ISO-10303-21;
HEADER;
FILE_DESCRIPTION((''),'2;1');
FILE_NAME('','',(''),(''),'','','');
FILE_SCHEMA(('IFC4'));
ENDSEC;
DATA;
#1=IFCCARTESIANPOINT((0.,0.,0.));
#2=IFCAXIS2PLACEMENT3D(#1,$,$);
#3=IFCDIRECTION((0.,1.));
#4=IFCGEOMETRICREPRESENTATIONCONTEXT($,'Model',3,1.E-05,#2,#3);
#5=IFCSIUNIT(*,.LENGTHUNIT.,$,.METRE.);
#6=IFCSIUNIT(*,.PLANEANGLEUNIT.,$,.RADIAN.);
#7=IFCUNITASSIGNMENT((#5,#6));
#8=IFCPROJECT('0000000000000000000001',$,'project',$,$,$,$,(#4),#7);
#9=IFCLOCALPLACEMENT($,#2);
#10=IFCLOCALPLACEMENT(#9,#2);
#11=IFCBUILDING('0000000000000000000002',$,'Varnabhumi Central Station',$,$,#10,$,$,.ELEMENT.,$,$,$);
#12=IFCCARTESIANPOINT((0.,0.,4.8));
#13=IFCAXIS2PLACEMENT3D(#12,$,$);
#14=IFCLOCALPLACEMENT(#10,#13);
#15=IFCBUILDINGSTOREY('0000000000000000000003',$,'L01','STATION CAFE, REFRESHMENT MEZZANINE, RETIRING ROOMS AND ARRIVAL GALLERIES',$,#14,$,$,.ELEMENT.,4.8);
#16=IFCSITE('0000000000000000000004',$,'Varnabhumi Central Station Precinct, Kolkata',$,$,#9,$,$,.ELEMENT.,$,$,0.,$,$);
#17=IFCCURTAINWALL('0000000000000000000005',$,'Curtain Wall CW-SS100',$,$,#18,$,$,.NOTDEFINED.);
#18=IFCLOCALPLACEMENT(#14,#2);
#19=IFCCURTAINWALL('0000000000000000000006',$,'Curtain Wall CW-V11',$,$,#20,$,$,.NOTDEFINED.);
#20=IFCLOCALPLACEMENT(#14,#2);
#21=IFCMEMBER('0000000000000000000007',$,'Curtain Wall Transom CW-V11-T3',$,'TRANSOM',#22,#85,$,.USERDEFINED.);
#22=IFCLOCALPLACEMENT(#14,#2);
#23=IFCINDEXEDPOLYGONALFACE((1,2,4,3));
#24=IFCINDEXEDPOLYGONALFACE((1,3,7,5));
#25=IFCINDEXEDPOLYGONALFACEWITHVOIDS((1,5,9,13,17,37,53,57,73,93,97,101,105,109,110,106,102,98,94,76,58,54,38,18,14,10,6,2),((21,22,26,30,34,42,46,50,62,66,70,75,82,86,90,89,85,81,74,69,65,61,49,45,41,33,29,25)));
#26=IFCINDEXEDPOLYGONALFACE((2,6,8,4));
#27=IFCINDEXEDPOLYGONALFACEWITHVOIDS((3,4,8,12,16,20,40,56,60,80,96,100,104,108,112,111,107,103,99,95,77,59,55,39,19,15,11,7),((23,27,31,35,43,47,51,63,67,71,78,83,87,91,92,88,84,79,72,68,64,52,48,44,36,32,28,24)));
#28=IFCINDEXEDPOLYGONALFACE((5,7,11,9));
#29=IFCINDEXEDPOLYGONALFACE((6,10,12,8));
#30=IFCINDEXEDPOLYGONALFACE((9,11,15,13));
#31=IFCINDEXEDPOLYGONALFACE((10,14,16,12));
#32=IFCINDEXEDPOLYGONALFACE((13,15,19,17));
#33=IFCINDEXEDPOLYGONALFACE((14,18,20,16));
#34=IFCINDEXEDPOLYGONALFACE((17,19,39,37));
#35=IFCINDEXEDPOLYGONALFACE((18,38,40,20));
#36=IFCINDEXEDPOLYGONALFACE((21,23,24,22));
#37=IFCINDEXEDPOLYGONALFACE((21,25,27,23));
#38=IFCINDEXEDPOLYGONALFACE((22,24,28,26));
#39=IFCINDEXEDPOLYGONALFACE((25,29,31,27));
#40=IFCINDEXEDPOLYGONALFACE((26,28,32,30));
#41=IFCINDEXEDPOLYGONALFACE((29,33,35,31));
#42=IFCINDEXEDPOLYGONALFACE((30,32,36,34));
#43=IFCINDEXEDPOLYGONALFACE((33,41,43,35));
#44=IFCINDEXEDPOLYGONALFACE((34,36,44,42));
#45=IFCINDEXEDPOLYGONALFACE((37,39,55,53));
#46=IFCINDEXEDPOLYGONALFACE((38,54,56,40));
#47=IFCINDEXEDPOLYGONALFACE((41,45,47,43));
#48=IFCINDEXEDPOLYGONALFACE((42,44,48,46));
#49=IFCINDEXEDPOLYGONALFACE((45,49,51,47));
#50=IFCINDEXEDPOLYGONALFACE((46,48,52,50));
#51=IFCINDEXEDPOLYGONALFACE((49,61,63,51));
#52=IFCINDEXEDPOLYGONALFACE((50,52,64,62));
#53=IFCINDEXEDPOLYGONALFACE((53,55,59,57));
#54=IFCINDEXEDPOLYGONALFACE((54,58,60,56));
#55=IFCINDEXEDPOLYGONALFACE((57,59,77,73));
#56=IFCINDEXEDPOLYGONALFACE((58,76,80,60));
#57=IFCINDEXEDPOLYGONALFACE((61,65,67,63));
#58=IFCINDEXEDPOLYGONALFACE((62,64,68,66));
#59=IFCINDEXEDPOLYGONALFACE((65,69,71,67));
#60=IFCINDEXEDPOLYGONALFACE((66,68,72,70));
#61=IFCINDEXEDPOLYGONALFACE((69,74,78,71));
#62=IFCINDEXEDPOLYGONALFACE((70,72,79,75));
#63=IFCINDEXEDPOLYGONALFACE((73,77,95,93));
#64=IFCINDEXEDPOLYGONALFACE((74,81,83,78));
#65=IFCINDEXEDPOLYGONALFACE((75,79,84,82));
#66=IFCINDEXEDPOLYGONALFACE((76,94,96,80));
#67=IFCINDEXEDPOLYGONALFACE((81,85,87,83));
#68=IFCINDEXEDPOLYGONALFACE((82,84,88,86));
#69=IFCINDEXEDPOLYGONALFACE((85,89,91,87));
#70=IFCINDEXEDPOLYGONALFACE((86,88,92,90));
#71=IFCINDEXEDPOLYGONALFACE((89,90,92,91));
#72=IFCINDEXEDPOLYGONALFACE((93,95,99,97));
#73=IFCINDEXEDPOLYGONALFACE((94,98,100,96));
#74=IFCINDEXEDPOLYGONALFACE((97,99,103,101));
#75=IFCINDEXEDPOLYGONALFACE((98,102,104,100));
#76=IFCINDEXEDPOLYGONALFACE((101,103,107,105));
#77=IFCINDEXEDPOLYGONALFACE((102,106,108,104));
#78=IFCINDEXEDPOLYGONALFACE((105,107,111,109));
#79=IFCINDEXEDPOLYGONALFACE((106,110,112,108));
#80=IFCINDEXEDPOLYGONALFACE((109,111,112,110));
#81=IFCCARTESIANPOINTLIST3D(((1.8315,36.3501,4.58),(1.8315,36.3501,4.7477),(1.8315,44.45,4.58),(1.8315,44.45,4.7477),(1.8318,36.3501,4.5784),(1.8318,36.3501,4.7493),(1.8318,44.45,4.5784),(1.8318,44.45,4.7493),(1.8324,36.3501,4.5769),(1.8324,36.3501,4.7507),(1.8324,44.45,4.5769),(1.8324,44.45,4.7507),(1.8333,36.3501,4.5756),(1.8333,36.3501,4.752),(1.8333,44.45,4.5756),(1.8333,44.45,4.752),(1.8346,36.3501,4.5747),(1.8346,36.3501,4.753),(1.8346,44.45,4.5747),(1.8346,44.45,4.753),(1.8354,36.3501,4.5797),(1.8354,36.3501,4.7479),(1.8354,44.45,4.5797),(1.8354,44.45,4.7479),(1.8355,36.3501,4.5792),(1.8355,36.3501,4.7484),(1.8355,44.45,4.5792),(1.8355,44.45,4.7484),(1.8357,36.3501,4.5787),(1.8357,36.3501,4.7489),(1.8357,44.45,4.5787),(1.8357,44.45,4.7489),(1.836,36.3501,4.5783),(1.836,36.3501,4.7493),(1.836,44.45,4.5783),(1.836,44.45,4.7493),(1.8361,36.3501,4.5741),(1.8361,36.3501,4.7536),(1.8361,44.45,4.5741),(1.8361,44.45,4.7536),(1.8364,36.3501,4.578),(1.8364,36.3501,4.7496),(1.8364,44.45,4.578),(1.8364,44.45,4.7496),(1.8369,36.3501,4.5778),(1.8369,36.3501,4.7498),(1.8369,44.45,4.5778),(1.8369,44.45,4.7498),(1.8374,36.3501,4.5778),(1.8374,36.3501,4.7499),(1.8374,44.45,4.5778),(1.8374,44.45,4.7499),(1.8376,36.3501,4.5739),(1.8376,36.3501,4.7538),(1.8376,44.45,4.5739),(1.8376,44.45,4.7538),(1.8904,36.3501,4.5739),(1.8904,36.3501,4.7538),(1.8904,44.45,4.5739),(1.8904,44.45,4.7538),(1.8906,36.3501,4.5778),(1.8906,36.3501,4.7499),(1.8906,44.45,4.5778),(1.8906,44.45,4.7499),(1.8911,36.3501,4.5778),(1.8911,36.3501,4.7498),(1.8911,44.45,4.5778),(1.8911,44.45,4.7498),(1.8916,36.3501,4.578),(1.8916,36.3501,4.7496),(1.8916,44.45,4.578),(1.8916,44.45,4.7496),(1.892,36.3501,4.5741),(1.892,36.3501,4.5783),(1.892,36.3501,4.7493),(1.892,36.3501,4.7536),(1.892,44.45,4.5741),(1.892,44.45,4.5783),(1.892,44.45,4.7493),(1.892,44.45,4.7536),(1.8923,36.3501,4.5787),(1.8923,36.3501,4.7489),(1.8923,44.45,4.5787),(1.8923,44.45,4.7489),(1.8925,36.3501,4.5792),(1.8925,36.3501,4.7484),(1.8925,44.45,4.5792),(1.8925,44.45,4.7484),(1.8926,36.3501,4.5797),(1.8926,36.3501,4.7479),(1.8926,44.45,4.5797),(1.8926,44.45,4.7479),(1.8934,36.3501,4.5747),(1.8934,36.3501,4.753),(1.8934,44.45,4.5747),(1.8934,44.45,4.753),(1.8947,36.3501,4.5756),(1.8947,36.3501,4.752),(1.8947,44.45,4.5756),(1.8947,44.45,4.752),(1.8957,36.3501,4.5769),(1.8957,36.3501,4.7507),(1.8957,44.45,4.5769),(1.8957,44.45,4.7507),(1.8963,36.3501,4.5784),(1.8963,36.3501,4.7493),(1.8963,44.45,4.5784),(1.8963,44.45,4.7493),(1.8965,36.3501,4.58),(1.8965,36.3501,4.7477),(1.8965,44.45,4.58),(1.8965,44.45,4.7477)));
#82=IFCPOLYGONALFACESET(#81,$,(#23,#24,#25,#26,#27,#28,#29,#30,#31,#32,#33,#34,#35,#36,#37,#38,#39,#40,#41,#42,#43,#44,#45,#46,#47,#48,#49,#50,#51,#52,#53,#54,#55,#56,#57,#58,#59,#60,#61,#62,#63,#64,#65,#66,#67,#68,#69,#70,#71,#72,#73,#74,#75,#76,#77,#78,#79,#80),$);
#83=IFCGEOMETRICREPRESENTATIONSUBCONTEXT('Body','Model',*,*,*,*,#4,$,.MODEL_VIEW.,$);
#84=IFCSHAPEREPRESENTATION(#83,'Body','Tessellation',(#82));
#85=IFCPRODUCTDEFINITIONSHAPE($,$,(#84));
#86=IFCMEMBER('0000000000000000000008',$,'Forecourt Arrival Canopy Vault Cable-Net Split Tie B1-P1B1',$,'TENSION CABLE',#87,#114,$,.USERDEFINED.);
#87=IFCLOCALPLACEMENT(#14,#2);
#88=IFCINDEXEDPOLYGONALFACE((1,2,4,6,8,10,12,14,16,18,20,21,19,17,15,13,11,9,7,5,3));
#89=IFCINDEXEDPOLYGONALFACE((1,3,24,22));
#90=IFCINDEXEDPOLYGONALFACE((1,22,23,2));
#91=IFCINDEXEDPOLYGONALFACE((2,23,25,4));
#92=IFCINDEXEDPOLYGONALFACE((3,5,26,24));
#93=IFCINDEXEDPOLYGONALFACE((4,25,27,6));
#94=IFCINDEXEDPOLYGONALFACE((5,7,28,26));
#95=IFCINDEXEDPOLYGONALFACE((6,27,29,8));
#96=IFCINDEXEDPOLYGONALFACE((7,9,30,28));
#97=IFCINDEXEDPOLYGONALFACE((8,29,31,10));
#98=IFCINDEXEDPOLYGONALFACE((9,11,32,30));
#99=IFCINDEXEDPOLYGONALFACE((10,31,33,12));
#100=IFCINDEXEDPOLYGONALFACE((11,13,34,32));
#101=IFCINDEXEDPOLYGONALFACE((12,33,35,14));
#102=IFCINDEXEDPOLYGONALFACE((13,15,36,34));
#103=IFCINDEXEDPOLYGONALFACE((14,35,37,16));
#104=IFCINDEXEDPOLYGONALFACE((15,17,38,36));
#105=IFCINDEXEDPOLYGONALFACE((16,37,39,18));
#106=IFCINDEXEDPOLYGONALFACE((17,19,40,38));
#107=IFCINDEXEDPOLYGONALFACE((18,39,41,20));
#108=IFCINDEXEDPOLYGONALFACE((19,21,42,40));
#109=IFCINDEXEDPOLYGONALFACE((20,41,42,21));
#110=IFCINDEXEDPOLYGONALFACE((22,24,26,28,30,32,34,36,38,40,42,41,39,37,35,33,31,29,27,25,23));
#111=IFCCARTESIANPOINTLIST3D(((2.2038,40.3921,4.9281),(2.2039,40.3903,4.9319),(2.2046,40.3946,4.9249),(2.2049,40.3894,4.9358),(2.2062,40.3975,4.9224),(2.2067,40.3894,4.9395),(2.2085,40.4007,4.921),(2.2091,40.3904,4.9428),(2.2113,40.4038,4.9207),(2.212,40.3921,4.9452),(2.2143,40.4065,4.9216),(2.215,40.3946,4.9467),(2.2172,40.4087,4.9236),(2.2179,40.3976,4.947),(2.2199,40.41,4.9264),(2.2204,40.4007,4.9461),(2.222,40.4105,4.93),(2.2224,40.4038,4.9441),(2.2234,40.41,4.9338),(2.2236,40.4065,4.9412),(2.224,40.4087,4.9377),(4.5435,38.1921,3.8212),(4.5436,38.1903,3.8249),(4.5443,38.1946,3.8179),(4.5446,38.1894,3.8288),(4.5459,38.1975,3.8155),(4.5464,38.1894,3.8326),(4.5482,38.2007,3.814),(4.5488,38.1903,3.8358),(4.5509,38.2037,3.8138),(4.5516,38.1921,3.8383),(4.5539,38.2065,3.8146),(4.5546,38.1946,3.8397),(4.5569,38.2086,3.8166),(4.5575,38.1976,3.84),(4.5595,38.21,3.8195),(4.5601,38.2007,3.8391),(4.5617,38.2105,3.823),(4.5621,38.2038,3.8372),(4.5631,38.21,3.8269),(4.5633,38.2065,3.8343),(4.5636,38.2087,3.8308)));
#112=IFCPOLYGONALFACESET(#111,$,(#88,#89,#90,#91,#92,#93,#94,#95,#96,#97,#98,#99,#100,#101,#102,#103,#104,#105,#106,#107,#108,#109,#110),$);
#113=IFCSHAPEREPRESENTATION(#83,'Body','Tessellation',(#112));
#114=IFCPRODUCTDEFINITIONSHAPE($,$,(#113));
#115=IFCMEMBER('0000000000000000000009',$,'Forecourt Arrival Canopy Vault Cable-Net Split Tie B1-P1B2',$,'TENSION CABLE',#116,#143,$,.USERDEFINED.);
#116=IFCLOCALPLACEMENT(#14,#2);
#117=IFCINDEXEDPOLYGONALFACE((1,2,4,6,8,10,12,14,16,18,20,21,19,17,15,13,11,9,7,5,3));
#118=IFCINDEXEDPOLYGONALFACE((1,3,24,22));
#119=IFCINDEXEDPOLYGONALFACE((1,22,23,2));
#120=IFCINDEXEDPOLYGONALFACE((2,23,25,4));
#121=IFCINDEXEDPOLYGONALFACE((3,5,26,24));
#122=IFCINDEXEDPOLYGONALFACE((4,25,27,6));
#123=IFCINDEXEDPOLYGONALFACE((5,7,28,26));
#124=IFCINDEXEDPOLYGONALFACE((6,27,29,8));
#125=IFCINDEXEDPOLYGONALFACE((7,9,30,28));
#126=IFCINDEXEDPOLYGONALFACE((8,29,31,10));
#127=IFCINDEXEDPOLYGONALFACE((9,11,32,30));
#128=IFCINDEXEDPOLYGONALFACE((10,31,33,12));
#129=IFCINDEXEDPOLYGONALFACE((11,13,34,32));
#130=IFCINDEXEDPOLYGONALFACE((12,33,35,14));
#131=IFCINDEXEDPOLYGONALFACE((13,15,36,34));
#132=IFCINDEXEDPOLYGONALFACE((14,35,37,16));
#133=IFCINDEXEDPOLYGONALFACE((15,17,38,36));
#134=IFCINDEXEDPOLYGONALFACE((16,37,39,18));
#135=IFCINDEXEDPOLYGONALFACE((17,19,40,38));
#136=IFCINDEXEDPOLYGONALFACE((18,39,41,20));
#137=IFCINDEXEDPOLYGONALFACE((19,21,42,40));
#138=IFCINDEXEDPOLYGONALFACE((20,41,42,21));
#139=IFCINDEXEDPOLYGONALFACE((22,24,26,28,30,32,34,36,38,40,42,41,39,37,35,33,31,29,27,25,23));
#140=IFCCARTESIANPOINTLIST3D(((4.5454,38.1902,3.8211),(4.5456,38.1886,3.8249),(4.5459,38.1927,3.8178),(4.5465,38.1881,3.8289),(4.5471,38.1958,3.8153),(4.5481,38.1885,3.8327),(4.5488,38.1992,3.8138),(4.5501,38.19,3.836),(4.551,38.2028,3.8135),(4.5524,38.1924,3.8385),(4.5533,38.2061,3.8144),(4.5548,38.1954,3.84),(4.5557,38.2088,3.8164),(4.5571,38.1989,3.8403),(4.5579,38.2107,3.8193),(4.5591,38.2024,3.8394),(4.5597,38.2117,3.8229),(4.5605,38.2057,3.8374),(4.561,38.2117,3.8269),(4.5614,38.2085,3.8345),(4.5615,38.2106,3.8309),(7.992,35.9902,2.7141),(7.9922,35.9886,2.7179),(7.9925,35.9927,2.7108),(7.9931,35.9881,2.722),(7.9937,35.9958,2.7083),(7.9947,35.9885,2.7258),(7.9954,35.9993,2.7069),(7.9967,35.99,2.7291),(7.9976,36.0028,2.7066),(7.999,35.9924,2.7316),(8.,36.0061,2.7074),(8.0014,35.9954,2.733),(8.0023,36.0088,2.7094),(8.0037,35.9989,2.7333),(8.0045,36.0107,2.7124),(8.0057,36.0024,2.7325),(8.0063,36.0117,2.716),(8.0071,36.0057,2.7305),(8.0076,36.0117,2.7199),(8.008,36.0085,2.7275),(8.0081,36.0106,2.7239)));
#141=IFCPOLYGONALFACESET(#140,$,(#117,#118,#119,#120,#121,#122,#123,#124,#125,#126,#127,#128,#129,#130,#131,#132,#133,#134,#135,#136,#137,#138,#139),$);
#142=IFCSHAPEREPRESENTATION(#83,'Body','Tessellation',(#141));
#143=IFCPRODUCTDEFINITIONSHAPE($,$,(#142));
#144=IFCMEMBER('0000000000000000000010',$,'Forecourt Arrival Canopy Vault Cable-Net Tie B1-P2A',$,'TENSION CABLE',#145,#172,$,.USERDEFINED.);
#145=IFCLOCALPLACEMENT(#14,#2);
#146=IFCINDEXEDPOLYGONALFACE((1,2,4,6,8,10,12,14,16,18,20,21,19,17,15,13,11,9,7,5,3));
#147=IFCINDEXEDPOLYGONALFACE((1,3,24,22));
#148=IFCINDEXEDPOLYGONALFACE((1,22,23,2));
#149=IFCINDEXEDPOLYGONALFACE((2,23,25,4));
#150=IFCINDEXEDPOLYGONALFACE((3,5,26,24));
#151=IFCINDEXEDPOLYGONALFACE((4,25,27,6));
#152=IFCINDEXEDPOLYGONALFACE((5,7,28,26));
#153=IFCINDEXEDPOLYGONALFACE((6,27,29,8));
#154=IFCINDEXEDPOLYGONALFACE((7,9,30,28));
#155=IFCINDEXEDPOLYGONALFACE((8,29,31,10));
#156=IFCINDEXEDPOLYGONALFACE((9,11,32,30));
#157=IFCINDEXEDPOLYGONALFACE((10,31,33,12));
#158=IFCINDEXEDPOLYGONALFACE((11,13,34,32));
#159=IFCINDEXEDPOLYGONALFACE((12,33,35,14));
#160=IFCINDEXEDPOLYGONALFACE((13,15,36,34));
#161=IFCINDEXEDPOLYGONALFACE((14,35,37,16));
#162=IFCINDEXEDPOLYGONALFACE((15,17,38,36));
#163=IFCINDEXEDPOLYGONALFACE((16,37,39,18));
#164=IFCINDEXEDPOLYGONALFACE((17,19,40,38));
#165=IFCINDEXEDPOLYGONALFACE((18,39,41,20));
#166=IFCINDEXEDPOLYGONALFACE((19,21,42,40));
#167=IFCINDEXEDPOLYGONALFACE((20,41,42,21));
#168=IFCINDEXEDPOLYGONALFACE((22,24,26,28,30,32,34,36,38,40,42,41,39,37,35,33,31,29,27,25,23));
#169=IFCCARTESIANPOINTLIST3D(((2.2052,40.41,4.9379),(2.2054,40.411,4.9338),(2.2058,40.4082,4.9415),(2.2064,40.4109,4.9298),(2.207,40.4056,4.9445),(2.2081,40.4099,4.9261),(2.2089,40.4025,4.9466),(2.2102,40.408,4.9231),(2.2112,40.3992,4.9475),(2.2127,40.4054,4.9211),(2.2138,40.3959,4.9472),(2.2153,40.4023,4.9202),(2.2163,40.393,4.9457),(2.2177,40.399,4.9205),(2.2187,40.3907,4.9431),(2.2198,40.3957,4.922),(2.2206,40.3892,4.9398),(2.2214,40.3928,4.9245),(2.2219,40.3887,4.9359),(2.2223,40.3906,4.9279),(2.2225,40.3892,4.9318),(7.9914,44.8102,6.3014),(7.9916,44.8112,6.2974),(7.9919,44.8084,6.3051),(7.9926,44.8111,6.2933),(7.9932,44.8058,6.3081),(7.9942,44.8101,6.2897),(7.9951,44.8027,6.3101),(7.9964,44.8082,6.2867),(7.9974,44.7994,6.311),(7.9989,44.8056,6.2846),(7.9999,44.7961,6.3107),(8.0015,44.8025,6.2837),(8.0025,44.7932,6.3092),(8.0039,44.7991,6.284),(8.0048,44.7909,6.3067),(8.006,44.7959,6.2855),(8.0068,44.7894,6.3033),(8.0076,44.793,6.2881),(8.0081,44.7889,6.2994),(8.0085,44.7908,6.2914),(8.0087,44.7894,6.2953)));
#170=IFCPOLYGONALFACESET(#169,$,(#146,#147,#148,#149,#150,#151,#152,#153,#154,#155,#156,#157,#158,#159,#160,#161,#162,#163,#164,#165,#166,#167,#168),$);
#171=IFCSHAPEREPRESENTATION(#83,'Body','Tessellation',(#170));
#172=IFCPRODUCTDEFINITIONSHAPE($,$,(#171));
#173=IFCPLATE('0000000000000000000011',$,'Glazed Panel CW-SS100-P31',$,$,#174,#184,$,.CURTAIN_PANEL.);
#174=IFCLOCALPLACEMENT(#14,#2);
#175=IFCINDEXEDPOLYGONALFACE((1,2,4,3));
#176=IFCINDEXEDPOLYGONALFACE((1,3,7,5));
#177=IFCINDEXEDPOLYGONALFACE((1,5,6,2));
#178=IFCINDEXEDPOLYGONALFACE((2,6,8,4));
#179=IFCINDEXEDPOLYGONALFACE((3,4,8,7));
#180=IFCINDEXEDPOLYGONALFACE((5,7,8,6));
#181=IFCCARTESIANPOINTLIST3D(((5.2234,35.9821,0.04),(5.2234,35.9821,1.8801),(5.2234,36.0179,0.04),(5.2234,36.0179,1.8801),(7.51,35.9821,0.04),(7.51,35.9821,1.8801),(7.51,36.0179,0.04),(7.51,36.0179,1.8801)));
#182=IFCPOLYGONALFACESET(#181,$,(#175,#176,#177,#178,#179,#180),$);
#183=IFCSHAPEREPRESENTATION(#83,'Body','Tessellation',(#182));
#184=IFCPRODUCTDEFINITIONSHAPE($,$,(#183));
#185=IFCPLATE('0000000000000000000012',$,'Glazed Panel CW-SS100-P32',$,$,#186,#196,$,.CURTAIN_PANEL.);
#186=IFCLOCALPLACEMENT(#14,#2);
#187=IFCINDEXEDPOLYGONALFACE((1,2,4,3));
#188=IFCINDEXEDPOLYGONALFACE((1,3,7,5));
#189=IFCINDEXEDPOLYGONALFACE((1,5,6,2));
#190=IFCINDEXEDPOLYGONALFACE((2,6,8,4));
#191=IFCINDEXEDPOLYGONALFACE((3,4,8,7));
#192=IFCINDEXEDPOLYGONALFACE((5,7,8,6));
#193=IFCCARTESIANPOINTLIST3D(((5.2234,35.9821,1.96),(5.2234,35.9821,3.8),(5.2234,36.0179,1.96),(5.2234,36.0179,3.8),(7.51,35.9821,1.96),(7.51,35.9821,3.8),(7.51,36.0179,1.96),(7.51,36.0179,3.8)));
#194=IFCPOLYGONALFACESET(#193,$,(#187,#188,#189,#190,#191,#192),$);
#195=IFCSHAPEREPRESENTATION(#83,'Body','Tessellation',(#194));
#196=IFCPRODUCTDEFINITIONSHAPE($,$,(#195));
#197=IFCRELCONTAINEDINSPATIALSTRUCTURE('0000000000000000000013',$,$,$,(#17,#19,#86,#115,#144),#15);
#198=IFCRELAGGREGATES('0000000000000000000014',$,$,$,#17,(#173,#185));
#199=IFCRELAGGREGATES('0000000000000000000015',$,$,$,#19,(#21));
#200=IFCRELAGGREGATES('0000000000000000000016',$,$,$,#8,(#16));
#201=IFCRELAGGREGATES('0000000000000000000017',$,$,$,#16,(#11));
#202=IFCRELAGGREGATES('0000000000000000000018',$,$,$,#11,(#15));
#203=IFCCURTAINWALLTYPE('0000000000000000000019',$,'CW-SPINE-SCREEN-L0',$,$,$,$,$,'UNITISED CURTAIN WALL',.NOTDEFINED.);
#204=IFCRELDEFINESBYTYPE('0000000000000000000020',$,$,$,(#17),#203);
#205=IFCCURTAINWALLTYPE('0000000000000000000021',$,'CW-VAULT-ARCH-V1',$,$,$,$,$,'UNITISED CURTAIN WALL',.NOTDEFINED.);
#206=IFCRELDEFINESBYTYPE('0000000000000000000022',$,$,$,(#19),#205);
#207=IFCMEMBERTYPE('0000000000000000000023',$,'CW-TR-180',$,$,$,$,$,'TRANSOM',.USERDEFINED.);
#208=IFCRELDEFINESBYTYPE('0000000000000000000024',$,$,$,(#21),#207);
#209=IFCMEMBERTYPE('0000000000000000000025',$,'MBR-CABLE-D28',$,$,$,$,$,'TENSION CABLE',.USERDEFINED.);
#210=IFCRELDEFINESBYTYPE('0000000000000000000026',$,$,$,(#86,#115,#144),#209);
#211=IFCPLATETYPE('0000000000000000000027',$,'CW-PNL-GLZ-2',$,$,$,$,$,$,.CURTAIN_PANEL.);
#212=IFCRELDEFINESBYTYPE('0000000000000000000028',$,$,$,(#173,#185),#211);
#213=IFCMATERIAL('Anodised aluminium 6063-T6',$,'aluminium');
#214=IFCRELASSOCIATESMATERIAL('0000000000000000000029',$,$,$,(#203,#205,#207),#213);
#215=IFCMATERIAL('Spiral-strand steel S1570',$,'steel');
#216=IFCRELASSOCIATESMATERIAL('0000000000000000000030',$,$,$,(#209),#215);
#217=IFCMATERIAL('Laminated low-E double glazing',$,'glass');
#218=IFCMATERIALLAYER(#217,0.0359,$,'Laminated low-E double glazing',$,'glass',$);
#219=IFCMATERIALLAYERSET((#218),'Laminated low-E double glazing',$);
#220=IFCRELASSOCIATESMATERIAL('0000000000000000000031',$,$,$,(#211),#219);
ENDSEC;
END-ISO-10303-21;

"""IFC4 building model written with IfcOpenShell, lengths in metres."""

from ifc_helpers import new_model, si_unit, direction, frame, origin, origin_2d, place, context, subcontext, project, spatial, rectangle, hollow_rectangle, circle, extrude, material, layer, layer_set, material_profile, profile_set, type_object, element, aggregate, save


model = new_model("IFC4")

# Units and contexts
model_context = context("Model", 3, precision=1e-05, world=origin(), true_north=direction((0.0, 1.0)))
body_context = subcontext(model_context, "Body", "Model", "MODEL_VIEW")
ifc_project = project(units=[si_unit("LENGTHUNIT", "METRE"), si_unit("PLANEANGLEUNIT", "RADIAN")], contexts=[model_context])

# Site, building, storey
site_placement = place(None, origin())
site = spatial("IfcSite", under=ifc_project, at=site_placement, Name="Varnabhumi Central Station Precinct, Kolkata", CompositionType="ELEMENT", RefElevation=0.0)
building_placement = place(site_placement, origin())
building = spatial("IfcBuilding", under=site, at=building_placement, Name="Varnabhumi Central Station", CompositionType="ELEMENT")
storey_placement = place(building_placement, frame((0.0, 0.0, 4.8)))
storey = spatial("IfcBuildingStorey", under=building, at=storey_placement, Name="L01", Description="STATION CAFE, REFRESHMENT MEZZANINE, RETIRING ROOMS AND ARRIVAL GALLERIES", CompositionType="ELEMENT", Elevation=4.8)

# Curtain wall
ifc_material_1 = material(Name="Anodised aluminium 6063-T6", Category="aluminium")
curtain_wall_type_1 = type_object("IfcCurtainWallType", Name="CW-SPINE-SCREEN-L0", ElementType="UNITISED CURTAIN WALL", PredefinedType="NOTDEFINED", material=ifc_material_1)
curtain_wall_1_placement = place(storey_placement, origin())
curtain_wall_1 = element("IfcCurtainWall", 1, at=curtain_wall_1_placement, inside=storey, type_object=curtain_wall_type_1, Name="Curtain Wall CW-SS100", PredefinedType="NOTDEFINED")

# Curtain wall, member
curtain_wall_type_2 = type_object("IfcCurtainWallType", Name="CW-VAULT-ARCH-V1", ElementType="UNITISED CURTAIN WALL", PredefinedType="NOTDEFINED", material=ifc_material_1)
curtain_wall_2_placement = place(storey_placement, origin())
curtain_wall_2 = element("IfcCurtainWall", 2, at=curtain_wall_2_placement, inside=storey, type_object=curtain_wall_type_2, Name="Curtain Wall CW-V11", PredefinedType="NOTDEFINED")
ifc_material_profile_1 = material_profile(ifc_material_1, hollow_rectangle(XDim=0.0649, YDim=0.1799, WallThickness=0.0039, InnerFilletRadius=0.002, OuterFilletRadius=0.0061, at=origin_2d()), Name="Anodised aluminium 6063-T6", Category="aluminium")
ifc_profile_set_1 = profile_set([ifc_material_profile_1], Name="Anodised aluminium 6063-T6")
member_type_1 = type_object("IfcMemberType", Name="CW-TR-180", ElementType="TRANSOM", PredefinedType="USERDEFINED", material=ifc_profile_set_1)
member_1_placement = place(storey_placement, frame((1.864, 36.3501, 4.6638), z_axis=(0.0, 1.0, 0.0), x_axis=(-1.0, 0.0, 0.0)))
member_1 = element("IfcMember", 3, at=member_1_placement, type_object=member_type_1, Name="Curtain Wall Transom CW-V11-T3", ObjectType="TRANSOM", PredefinedType="USERDEFINED", context=body_context, shape_type="SweptSolid", body=[
    extrude(hollow_rectangle(XDim=0.0649, YDim=0.1799, WallThickness=0.0039, InnerFilletRadius=0.002, OuterFilletRadius=0.0061, at=origin_2d()), origin(), (0.0, 0.0, 1.0), 8.0999),
])

# Members
ifc_material_2 = material(Name="Spiral-strand steel S1570", Category="steel")
ifc_material_profile_2 = material_profile(ifc_material_2, circle(Radius=0.0139, at=origin_2d()), Name="Spiral-strand steel S1570", Category="steel")
ifc_profile_set_2 = profile_set([ifc_material_profile_2], Name="Spiral-strand steel S1570")
member_type_2 = type_object("IfcMemberType", Name="MBR-CABLE-D28", ElementType="TENSION CABLE", PredefinedType="USERDEFINED", material=ifc_profile_set_2)
member_2_placement = place(storey_placement, frame((2.2139, 40.3999, 4.9338), z_axis=(0.688749, -0.647638, -0.325867), x_axis=(0.68503, 0.728515, 0.0)))
element("IfcMember", 4, at=member_2_placement, inside=storey, type_object=member_type_2, Name="Forecourt Arrival Canopy Vault Cable-Net Split Tie B1-P1B1", ObjectType="TENSION CABLE", PredefinedType="USERDEFINED", context=body_context, shape_type="SweptSolid", body=[
    extrude(circle(Radius=0.0139, at=origin_2d()), origin(), (0.0, 0.0, 1.0), 3.397),
])
member_3_placement = place(storey_placement, frame((4.5535, 38.2, 3.8269), z_axis=(0.81363, -0.519347, -0.261316), x_axis=(0.538042, 0.842918, 0.0)))
element("IfcMember", 5, at=member_3_placement, inside=storey, type_object=member_type_2, Name="Forecourt Arrival Canopy Vault Cable-Net Split Tie B1-P1B2", ObjectType="TENSION CABLE", PredefinedType="USERDEFINED", context=body_context, shape_type="SweptSolid", body=[
    extrude(circle(Radius=0.0139, at=origin_2d()), origin(), (0.0, 0.0, 1.0), 4.2361),
])
member_4_placement = place(storey_placement, frame((2.2139, 40.3999, 4.9338), z_axis=(0.78234, 0.594941, 0.184362), x_axis=(-0.605317, 0.795984, 0.0)))
element("IfcMember", 6, at=member_4_placement, inside=storey, type_object=member_type_2, Name="Forecourt Arrival Canopy Vault Cable-Net Tie B1-P2A", ObjectType="TENSION CABLE", PredefinedType="USERDEFINED", context=body_context, shape_type="SweptSolid", body=[
    extrude(circle(Radius=0.0139, at=origin_2d()), origin(), (0.0, 0.0, 1.0), 7.396),
])

# Plates
ifc_material_3 = material(Name="Laminated low-E double glazing", Category="glass")
ifc_layer_1 = layer(ifc_material_3, 0.0359, Name="Laminated low-E double glazing", Category="glass")
ifc_layer_set_1 = layer_set([ifc_layer_1], Name="Laminated low-E double glazing")
plate_type_1 = type_object("IfcPlateType", Name="CW-PNL-GLZ-2", PredefinedType="CURTAIN_PANEL", material=ifc_layer_set_1)
plate_1_placement = place(storey_placement, frame((6.3667, 36.0, 0.04), z_axis=(0.0, 0.0, 1.0), x_axis=(1.0, 0.0, 0.0)))
plate_1 = element("IfcPlate", 7, at=plate_1_placement, type_object=plate_type_1, Name="Glazed Panel CW-SS100-P31", PredefinedType="CURTAIN_PANEL", context=body_context, shape_type="SweptSolid", body=[
    extrude(rectangle(XDim=2.2866, YDim=0.0359, at=origin_2d()), origin(), (0.0, 0.0, 1.0), 1.8401),
])
plate_2_placement = place(storey_placement, frame((6.3667, 36.0, 1.96), z_axis=(0.0, 0.0, 1.0), x_axis=(1.0, 0.0, 0.0)))
plate_2 = element("IfcPlate", 8, at=plate_2_placement, type_object=plate_type_1, Name="Glazed Panel CW-SS100-P32", PredefinedType="CURTAIN_PANEL", context=body_context, shape_type="SweptSolid", body=[
    extrude(rectangle(XDim=2.2866, YDim=0.0359, at=origin_2d()), origin(), (0.0, 0.0, 1.0), 1.8401),
])
aggregate(curtain_wall_1, [plate_1, plate_2])
aggregate(curtain_wall_2, [member_1])

save(model, "model.ifc")
